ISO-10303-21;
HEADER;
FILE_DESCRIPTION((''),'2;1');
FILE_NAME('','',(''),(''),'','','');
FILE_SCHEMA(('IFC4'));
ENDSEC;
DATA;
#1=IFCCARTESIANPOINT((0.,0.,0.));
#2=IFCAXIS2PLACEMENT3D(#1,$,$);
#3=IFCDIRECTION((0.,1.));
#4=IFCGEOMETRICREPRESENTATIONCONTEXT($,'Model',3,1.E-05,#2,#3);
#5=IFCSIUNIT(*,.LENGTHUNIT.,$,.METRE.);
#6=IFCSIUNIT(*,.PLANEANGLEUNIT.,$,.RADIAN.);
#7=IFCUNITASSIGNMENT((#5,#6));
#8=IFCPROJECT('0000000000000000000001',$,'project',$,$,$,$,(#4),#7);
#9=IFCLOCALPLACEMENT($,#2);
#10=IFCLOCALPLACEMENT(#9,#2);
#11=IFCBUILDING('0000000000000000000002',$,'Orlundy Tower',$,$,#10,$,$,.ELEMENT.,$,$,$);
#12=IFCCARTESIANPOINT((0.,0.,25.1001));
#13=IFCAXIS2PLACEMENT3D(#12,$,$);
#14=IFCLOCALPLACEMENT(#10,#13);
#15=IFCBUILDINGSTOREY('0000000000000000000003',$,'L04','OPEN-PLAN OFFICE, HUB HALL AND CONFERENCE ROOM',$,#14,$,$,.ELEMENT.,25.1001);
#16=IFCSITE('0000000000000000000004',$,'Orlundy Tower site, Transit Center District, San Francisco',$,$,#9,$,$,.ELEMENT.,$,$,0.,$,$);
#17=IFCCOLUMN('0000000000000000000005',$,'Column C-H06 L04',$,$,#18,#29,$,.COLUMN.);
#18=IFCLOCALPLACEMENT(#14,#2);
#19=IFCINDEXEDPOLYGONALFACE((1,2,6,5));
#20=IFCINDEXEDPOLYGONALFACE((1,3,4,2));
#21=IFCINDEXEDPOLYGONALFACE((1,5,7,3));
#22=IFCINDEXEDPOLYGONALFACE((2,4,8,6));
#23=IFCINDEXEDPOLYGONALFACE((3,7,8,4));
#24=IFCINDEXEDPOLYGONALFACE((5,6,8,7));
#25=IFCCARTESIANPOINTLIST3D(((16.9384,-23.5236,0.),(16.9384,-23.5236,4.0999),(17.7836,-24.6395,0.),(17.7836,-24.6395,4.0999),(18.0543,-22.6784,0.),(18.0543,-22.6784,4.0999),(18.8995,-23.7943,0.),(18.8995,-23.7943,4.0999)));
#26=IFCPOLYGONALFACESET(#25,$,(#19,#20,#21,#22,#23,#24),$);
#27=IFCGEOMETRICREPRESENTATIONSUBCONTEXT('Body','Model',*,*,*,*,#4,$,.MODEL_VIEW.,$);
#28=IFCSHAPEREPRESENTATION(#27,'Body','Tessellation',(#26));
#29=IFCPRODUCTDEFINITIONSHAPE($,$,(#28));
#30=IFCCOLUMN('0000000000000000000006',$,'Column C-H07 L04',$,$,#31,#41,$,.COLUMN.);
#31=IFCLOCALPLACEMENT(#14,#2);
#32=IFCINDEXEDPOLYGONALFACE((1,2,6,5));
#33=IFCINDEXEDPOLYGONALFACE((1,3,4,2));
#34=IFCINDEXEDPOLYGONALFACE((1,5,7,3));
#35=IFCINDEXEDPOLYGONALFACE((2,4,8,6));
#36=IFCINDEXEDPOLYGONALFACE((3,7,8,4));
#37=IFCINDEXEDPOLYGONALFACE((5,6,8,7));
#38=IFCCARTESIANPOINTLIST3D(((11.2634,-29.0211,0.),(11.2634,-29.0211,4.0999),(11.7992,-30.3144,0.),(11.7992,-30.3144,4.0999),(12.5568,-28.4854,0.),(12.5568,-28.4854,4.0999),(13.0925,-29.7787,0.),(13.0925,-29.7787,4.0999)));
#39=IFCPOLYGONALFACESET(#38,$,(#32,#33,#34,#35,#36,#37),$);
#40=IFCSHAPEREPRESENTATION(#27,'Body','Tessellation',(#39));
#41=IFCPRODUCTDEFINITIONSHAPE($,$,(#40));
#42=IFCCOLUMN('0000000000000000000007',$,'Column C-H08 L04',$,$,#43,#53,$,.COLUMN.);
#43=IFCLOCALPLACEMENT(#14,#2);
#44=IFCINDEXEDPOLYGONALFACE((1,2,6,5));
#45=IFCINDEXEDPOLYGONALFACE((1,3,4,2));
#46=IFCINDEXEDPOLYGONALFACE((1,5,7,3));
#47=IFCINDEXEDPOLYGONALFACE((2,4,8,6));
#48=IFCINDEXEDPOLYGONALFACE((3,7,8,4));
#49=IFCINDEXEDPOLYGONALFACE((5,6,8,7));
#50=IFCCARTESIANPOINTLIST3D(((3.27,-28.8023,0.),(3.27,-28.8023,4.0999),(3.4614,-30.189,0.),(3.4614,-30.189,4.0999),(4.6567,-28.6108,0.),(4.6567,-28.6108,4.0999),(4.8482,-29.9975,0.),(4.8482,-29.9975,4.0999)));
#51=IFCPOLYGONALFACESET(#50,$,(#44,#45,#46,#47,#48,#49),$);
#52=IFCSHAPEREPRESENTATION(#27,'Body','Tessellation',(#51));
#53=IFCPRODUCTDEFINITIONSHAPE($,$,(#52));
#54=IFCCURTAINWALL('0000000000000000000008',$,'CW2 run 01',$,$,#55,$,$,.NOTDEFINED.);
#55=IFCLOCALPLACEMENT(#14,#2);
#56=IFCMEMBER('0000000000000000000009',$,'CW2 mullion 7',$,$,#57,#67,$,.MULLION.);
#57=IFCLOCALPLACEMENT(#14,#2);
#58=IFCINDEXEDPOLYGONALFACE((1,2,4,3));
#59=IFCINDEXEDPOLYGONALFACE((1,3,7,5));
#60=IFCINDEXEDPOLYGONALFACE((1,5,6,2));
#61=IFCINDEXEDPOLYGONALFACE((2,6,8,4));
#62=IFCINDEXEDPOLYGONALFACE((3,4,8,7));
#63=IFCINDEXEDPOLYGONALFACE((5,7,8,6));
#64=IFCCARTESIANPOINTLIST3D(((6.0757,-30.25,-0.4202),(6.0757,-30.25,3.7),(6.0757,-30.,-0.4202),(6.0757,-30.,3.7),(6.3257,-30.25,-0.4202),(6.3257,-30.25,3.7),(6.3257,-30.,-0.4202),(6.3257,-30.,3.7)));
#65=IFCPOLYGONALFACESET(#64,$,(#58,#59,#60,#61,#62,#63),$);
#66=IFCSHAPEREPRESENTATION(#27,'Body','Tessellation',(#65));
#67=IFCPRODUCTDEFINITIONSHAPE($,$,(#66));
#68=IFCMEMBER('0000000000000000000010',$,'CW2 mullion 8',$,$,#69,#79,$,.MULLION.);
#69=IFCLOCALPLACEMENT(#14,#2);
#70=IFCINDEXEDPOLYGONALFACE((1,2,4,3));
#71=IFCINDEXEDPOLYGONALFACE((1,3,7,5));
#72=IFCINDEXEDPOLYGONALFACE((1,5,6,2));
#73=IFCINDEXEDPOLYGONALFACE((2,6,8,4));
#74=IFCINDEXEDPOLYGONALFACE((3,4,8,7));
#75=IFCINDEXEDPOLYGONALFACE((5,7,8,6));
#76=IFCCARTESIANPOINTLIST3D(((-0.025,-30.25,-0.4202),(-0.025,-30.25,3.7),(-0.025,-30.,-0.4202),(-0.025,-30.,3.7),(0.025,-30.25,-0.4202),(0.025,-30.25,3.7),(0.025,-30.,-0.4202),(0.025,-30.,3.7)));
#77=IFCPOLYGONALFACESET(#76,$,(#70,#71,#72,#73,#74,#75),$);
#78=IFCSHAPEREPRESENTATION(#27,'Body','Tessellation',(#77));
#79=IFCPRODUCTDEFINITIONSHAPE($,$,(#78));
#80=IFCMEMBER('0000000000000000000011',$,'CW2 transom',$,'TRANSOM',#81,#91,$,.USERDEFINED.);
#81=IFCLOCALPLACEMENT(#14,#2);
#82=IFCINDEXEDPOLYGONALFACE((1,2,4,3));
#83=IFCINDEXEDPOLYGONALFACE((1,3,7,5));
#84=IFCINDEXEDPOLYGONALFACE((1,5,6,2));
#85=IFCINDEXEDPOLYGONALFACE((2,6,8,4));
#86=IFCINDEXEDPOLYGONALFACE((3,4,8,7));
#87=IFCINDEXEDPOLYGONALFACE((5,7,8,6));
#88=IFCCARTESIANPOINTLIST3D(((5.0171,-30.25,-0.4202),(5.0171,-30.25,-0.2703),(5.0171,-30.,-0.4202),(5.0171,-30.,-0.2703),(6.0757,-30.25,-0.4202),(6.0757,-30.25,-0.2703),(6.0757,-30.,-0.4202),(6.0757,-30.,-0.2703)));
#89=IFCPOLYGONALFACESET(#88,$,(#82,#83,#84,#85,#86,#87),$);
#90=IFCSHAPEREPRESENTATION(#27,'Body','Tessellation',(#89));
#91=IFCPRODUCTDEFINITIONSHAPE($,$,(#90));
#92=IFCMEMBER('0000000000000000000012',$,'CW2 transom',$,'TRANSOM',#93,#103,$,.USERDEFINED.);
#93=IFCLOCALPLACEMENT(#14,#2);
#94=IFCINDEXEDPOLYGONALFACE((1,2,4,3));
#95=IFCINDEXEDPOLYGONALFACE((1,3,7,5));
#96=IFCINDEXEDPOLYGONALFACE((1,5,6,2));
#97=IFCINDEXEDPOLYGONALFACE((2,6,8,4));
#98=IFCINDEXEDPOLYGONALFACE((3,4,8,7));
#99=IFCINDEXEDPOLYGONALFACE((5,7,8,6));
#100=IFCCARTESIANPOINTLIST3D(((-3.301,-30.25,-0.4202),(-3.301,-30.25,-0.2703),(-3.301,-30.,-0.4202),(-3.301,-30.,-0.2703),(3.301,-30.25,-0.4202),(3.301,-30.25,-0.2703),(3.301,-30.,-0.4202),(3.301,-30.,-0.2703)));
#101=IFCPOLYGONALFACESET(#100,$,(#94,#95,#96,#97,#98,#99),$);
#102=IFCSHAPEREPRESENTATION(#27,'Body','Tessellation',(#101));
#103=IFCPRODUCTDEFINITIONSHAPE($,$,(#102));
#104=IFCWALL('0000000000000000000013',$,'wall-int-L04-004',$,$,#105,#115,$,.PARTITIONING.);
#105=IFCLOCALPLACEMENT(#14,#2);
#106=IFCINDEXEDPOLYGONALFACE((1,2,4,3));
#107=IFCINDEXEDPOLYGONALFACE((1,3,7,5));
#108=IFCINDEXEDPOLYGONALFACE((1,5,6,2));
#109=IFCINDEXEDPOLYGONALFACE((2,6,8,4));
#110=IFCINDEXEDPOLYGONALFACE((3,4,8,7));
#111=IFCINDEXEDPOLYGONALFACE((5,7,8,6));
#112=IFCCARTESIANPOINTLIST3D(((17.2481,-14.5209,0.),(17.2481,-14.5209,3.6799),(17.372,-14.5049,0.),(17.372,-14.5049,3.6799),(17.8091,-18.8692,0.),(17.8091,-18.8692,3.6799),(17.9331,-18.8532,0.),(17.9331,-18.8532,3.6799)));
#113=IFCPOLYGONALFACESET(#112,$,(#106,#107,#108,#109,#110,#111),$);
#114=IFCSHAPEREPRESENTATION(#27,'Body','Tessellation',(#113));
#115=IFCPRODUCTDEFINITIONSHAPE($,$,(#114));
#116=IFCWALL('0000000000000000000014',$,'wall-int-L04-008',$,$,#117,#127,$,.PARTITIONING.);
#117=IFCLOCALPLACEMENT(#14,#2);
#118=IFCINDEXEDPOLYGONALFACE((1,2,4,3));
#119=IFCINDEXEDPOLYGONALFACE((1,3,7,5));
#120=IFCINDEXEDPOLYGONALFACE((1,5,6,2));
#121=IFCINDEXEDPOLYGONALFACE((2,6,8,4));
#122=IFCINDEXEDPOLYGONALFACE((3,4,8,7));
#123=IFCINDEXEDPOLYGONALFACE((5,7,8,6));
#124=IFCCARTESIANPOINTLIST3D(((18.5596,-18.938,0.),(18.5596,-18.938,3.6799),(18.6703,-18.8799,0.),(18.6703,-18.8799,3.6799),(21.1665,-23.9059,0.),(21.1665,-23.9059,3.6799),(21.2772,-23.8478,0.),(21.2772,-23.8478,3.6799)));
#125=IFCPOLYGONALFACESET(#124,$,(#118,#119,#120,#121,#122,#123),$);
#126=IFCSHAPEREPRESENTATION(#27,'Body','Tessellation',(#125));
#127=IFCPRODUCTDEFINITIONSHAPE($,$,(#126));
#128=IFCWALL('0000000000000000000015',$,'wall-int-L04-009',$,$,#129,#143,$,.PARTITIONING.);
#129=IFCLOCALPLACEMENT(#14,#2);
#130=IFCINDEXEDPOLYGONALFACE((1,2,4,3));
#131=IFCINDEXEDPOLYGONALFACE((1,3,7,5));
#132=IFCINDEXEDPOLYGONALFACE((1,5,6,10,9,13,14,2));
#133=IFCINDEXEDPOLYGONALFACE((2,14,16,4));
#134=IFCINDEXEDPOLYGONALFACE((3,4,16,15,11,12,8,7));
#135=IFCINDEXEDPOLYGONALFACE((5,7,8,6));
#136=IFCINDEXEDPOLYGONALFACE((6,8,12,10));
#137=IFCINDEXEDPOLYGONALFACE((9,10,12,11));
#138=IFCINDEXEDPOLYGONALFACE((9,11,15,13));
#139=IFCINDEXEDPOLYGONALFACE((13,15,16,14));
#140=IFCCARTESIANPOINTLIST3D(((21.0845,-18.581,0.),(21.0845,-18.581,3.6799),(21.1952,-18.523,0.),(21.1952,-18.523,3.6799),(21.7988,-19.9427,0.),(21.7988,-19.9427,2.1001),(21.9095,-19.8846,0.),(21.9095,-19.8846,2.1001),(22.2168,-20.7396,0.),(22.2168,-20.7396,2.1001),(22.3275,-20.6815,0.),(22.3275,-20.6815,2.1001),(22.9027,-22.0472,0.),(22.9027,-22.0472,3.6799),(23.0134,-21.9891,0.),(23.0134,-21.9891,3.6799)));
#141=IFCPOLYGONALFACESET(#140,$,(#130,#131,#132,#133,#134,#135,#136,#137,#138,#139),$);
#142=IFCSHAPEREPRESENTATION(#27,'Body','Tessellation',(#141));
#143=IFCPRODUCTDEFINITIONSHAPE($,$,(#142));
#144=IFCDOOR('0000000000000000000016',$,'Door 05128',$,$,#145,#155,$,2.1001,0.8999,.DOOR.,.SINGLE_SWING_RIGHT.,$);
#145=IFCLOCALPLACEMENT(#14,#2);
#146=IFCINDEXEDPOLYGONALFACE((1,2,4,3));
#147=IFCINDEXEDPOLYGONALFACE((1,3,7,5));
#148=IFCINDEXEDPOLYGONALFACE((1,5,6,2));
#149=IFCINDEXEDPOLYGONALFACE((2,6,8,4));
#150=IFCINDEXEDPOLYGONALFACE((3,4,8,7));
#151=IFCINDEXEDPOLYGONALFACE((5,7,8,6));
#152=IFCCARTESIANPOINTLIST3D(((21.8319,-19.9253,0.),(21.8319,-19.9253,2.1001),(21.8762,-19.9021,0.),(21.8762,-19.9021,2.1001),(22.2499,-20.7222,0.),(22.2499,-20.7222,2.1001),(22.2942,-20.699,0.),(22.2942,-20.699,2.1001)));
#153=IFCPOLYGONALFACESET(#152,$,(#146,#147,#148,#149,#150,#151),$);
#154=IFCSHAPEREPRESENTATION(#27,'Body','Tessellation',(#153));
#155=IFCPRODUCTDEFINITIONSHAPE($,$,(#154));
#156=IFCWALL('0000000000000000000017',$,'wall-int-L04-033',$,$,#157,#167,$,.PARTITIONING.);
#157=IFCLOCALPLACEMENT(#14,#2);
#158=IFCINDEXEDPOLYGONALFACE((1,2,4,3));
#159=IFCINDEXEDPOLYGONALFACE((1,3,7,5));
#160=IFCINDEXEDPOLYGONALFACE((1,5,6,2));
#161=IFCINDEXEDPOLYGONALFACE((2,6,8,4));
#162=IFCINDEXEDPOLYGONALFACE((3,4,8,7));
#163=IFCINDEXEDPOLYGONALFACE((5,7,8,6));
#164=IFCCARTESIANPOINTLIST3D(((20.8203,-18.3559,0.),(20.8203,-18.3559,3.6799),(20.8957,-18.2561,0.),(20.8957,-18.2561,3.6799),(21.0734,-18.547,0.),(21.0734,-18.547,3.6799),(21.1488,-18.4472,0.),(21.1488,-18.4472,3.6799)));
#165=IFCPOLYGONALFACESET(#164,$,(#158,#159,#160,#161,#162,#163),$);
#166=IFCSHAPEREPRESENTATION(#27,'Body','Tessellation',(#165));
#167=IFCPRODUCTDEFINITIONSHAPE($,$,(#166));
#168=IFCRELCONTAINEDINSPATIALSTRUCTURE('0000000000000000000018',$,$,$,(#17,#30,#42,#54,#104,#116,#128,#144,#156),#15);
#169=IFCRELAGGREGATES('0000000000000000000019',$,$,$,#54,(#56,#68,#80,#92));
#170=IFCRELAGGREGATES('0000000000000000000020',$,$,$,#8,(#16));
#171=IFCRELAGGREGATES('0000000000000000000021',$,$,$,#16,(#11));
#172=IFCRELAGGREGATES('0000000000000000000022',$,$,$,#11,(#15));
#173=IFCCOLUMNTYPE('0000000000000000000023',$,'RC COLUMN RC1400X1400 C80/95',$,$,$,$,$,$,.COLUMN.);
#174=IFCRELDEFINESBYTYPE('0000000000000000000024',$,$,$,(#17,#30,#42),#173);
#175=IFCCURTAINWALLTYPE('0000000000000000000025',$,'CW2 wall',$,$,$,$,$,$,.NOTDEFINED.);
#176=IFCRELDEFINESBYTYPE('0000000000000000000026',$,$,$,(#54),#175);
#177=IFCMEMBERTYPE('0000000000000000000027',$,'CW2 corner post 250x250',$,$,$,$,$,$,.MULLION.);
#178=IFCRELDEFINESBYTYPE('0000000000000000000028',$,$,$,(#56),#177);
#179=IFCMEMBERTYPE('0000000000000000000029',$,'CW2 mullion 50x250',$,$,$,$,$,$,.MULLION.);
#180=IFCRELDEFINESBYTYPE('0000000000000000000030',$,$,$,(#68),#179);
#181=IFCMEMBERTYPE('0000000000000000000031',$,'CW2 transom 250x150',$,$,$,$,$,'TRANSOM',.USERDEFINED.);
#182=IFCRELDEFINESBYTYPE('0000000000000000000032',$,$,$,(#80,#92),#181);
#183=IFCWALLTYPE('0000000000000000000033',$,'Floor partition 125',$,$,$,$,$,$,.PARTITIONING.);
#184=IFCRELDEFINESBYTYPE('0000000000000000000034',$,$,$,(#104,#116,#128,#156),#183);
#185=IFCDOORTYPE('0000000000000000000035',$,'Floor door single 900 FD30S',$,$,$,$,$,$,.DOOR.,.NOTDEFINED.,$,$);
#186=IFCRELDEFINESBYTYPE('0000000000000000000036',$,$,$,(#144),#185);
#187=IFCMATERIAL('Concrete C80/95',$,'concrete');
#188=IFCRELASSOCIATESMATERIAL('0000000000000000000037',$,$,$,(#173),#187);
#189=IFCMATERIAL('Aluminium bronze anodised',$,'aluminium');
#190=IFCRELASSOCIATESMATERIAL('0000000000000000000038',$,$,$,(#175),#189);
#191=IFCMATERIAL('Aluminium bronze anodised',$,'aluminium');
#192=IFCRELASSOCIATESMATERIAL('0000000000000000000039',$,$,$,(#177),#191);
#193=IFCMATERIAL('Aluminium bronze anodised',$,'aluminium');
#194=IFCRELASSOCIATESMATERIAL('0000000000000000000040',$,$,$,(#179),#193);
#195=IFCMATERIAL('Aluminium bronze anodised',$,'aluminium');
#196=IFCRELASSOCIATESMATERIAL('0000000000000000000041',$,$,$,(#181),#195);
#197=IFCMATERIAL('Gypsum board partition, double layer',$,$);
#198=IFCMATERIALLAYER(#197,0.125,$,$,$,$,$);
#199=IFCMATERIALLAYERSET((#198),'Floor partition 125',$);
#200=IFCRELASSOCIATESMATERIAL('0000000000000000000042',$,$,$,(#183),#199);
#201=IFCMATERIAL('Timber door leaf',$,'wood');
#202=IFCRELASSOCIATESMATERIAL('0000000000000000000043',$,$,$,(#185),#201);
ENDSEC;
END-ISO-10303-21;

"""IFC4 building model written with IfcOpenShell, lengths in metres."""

from ifc_helpers import new_model, si_unit, direction, frame, frame_2d, origin, origin_2d, place, context, subcontext, project, spatial, rectangle, extrude, material, layer, layer_set, material_profile, profile_set, type_object, element, fill, aggregate, save


model = new_model("IFC4")

# Units and contexts
model_context = context("Model", 3, precision=1e-05, world=origin(), true_north=direction((0.0, 1.0)))
body_context = subcontext(model_context, "Body", "Model", "MODEL_VIEW")
ifc_project = project(units=[si_unit("LENGTHUNIT", "METRE"), si_unit("PLANEANGLEUNIT", "RADIAN")], contexts=[model_context])

# Site, building, storey
site_placement = place(None, origin())
site = spatial("IfcSite", under=ifc_project, at=site_placement, Name="Orlundy Tower site, Transit Center District, San Francisco", CompositionType="ELEMENT", RefElevation=0.0)
building_placement = place(site_placement, origin())
building = spatial("IfcBuilding", under=site, at=building_placement, Name="Orlundy Tower", CompositionType="ELEMENT")
storey_placement = place(building_placement, frame((0.0, 0.0, 25.1001)))
storey = spatial("IfcBuildingStorey", under=building, at=storey_placement, Name="L04", Description="OPEN-PLAN OFFICE, HUB HALL AND CONFERENCE ROOM", CompositionType="ELEMENT", Elevation=25.1001)

# Columns
ifc_material_1 = material(Name="Concrete C80/95", Category="concrete")
ifc_material_profile_1 = material_profile(ifc_material_1, rectangle(XDim=1.3999, YDim=1.3999, at=origin_2d()), Name="RC1400X1400")
ifc_profile_set_1 = profile_set([ifc_material_profile_1], Name="Concrete C80/95")
column_type = type_object("IfcColumnType", Name="RC COLUMN RC1400X1400 C80/95", PredefinedType="COLUMN", material=ifc_profile_set_1)
for number, where, z_axis, x_axis, name in (
    (1, (17.9189, -23.6589, 0.0), (0.0, 0.0, 1.0), (0.603765, -0.797163, 0.0), "Column C-H06 L04"),
    (2, (12.178, -29.3999, 0.0), (0.0, 0.0, 1.0), (0.382683, -0.92388, 0.0), "Column C-H07 L04"),
    (3, (4.0591, -29.3999, 0.0), (0.0, 0.0, 1.0), (0.13677, -0.990603, 0.0), "Column C-H08 L04"),
):
    element("IfcColumn", number, at=place(storey_placement, frame(where, z_axis=z_axis, x_axis=x_axis)), inside=storey, type_object=column_type, Name=name, PredefinedType="COLUMN", context=body_context, shape_type="SweptSolid", body=[
        extrude(rectangle(XDim=1.3999, YDim=1.3999, at=origin_2d()), origin(), (0.0, 0.0, 1.0), 4.0999),
    ])

# Curtain wall, members
ifc_material_2 = material(Name="Aluminium bronze anodised", Category="aluminium")
curtain_wall_type = type_object("IfcCurtainWallType", Name="CW2 wall", PredefinedType="NOTDEFINED", material=ifc_material_2)
curtain_wall_placement = place(storey_placement, origin())
curtain_wall = element("IfcCurtainWall", 4, at=curtain_wall_placement, inside=storey, type_object=curtain_wall_type, Name="CW2 run 01", PredefinedType="NOTDEFINED")
ifc_material_3 = material(Name="Aluminium bronze anodised", Category="aluminium")
ifc_material_profile_2 = material_profile(ifc_material_3, rectangle(XDim=0.25, YDim=0.25, at=origin_2d()), Name="CW2 corner post 250x250")
ifc_profile_set_2 = profile_set([ifc_material_profile_2], Name="Aluminium bronze anodised")
member_type_1 = type_object("IfcMemberType", Name="CW2 corner post 250x250", PredefinedType="MULLION", material=ifc_profile_set_2)
member_1_placement = place(storey_placement, frame((6.2007, -30.125, -0.4202), z_axis=(0.0, 0.0, 1.0), x_axis=(0.0, -1.0, 0.0)))
member_1 = element("IfcMember", 5, at=member_1_placement, type_object=member_type_1, Name="CW2 mullion 7", PredefinedType="MULLION", context=body_context, shape_type="SweptSolid", body=[
    extrude(rectangle(XDim=0.25, YDim=0.25, at=origin_2d()), origin(), (0.0, 0.0, 1.0), 4.1201),
])
ifc_material_4 = material(Name="Aluminium bronze anodised", Category="aluminium")
ifc_material_profile_3 = material_profile(ifc_material_4, rectangle(XDim=0.25, YDim=0.05, at=origin_2d()), Name="CW2 mullion 50x250")
ifc_profile_set_3 = profile_set([ifc_material_profile_3], Name="Aluminium bronze anodised")
member_type_2 = type_object("IfcMemberType", Name="CW2 mullion 50x250", PredefinedType="MULLION", material=ifc_profile_set_3)
member_2_placement = place(storey_placement, frame((0.0, -30.125, -0.4202), z_axis=(0.0, 0.0, 1.0), x_axis=(0.0, -1.0, 0.0)))
member_2 = element("IfcMember", 6, at=member_2_placement, type_object=member_type_2, Name="CW2 mullion 8", PredefinedType="MULLION", context=body_context, shape_type="SweptSolid", body=[
    extrude(rectangle(XDim=0.25, YDim=0.05, at=origin_2d()), origin(), (0.0, 0.0, 1.0), 4.1201),
])
ifc_material_5 = material(Name="Aluminium bronze anodised", Category="aluminium")
ifc_material_profile_4 = material_profile(ifc_material_5, rectangle(XDim=0.25, YDim=0.1499, at=origin_2d()), Name="CW2 transom 250x150")
ifc_profile_set_4 = profile_set([ifc_material_profile_4], Name="Aluminium bronze anodised")
member_type_3 = type_object("IfcMemberType", Name="CW2 transom 250x150", ElementType="TRANSOM", PredefinedType="USERDEFINED", material=ifc_profile_set_4)
member_3_placement = place(storey_placement, frame((6.0757, -30.125, -0.3452), z_axis=(-1.0, 0.0, 0.0), x_axis=(0.0, -1.0, 0.0)))
member_3 = element("IfcMember", 7, at=member_3_placement, type_object=member_type_3, Name="CW2 transom", ObjectType="TRANSOM", PredefinedType="USERDEFINED", context=body_context, shape_type="SweptSolid", body=[
    extrude(rectangle(XDim=0.25, YDim=0.1499, at=origin_2d()), origin(), (0.0, 0.0, 1.0), 1.0586),
])
member_4_placement = place(storey_placement, frame((3.301, -30.125, -0.3452), z_axis=(-1.0, 0.0, 0.0), x_axis=(0.0, -1.0, 0.0)))
member_4 = element("IfcMember", 8, at=member_4_placement, type_object=member_type_3, Name="CW2 transom", ObjectType="TRANSOM", PredefinedType="USERDEFINED", context=body_context, shape_type="SweptSolid", body=[
    extrude(rectangle(XDim=0.25, YDim=0.1499, at=origin_2d()), origin(), (0.0, 0.0, 1.0), 6.6021),
])
aggregate(curtain_wall, [member_1, member_2, member_3, member_4])

# Walls
ifc_material_6 = material(Name="Gypsum board partition, double layer")
ifc_layer = layer(ifc_material_6, 0.125)
ifc_layer_set = layer_set([ifc_layer], Name="Floor partition 125")
wall_type = type_object("IfcWallType", Name="Floor partition 125", PredefinedType="PARTITIONING", material=ifc_layer_set)
wall_1_placement = place(storey_placement, frame((17.3101, -14.5129, 0.0), z_axis=(0.0, 0.0, 1.0), x_axis=(0.127968, -0.991778, 0.0)))
element("IfcWall", 9, at=wall_1_placement, inside=storey, type_object=wall_type, Name="wall-int-L04-004", PredefinedType="PARTITIONING", context=body_context, shape_type="SweptSolid", body=[
    extrude(rectangle(XDim=4.3843, YDim=0.125, at=frame_2d((2.1921, 0.0))), origin(), (0.0, 0.0, 1.0), 3.6799),
])
wall_2_placement = place(storey_placement, frame((18.615, -18.9089, 0.0), z_axis=(0.0, 0.0, 1.0), x_axis=(0.464656, -0.885491, 0.0)))
element("IfcWall", 10, at=wall_2_placement, inside=storey, type_object=wall_type, Name="wall-int-L04-008", PredefinedType="PARTITIONING", context=body_context, shape_type="SweptSolid", body=[
    extrude(rectangle(XDim=5.6104, YDim=0.125, at=frame_2d((2.8052, 0.0))), origin(), (0.0, 0.0, 1.0), 3.6799),
])

# Wall, opening, door
wall_3_placement = place(storey_placement, frame((21.1399, -18.552, 0.0), z_axis=(0.0, 0.0, 1.0), x_axis=(0.46452, -0.885563, 0.0)))
wall_3 = element("IfcWall", 11, at=wall_3_placement, inside=storey, type_object=wall_type, Name="wall-int-L04-009", PredefinedType="PARTITIONING", context=body_context, shape_type="SweptSolid", body=[
    extrude(rectangle(XDim=3.9141, YDim=0.125, at=frame_2d((1.957, 0.0))), origin(), (0.0, 0.0, 1.0), 3.6799),
])
opening_1_placement = place(wall_3_placement, frame((1.5376, 0.0, 0.0)))
opening_1 = element("IfcOpeningElement", 12, at=opening_1_placement, cuts=wall_3, PredefinedType="OPENING", context=body_context, shape_type="SweptSolid", body=[
    extrude(rectangle(XDim=0.8999, YDim=2.1001, at=frame_2d((0.45, 1.05))), frame((0.0, 0.0725, 0.0), z_axis=(0.0, -1.0, 0.0), x_axis=(1.0, 0.0, 0.0)), (0.0, 0.0, 1.0), 0.145),
])
ifc_material_7 = material(Name="Timber door leaf", Category="wood")
door_type_1 = type_object("IfcDoorType", Name="Floor door single 900 FD30S", OperationType="NOTDEFINED", PredefinedType="DOOR", material=ifc_material_7)
door_1_placement = place(opening_1_placement, origin())
door_1 = element("IfcDoor", 13, at=door_1_placement, inside=storey, type_object=door_type_1, Name="Door 05128", OperationType="SINGLE_SWING_RIGHT", OverallHeight=2.1001, OverallWidth=0.8999, PredefinedType="DOOR", context=body_context, shape_type="SweptSolid", body=[
    extrude(rectangle(XDim=0.8999, YDim=2.1001, at=frame_2d((0.45, 1.05))), frame((0.0, 0.0249, 0.0), z_axis=(0.0, -1.0, 0.0), x_axis=(1.0, 0.0, 0.0)), (0.0, 0.0, 1.0), 0.05),
])
fill(opening_1, door_1)

# Wall
wall_4_placement = place(storey_placement, frame((20.8579, -18.3059, 0.0), z_axis=(0.0, 0.0, 1.0), x_axis=(0.798056, -0.602583, 0.0)))
element("IfcWall", 14, at=wall_4_placement, inside=storey, type_object=wall_type, Name="wall-int-L04-033", PredefinedType="PARTITIONING", context=body_context, shape_type="SweptSolid", body=[
    extrude(rectangle(XDim=0.3171, YDim=0.125, at=frame_2d((0.1587, 0.0))), origin(), (0.0, 0.0, 1.0), 3.6799),
])

save(model, "model.ifc")
